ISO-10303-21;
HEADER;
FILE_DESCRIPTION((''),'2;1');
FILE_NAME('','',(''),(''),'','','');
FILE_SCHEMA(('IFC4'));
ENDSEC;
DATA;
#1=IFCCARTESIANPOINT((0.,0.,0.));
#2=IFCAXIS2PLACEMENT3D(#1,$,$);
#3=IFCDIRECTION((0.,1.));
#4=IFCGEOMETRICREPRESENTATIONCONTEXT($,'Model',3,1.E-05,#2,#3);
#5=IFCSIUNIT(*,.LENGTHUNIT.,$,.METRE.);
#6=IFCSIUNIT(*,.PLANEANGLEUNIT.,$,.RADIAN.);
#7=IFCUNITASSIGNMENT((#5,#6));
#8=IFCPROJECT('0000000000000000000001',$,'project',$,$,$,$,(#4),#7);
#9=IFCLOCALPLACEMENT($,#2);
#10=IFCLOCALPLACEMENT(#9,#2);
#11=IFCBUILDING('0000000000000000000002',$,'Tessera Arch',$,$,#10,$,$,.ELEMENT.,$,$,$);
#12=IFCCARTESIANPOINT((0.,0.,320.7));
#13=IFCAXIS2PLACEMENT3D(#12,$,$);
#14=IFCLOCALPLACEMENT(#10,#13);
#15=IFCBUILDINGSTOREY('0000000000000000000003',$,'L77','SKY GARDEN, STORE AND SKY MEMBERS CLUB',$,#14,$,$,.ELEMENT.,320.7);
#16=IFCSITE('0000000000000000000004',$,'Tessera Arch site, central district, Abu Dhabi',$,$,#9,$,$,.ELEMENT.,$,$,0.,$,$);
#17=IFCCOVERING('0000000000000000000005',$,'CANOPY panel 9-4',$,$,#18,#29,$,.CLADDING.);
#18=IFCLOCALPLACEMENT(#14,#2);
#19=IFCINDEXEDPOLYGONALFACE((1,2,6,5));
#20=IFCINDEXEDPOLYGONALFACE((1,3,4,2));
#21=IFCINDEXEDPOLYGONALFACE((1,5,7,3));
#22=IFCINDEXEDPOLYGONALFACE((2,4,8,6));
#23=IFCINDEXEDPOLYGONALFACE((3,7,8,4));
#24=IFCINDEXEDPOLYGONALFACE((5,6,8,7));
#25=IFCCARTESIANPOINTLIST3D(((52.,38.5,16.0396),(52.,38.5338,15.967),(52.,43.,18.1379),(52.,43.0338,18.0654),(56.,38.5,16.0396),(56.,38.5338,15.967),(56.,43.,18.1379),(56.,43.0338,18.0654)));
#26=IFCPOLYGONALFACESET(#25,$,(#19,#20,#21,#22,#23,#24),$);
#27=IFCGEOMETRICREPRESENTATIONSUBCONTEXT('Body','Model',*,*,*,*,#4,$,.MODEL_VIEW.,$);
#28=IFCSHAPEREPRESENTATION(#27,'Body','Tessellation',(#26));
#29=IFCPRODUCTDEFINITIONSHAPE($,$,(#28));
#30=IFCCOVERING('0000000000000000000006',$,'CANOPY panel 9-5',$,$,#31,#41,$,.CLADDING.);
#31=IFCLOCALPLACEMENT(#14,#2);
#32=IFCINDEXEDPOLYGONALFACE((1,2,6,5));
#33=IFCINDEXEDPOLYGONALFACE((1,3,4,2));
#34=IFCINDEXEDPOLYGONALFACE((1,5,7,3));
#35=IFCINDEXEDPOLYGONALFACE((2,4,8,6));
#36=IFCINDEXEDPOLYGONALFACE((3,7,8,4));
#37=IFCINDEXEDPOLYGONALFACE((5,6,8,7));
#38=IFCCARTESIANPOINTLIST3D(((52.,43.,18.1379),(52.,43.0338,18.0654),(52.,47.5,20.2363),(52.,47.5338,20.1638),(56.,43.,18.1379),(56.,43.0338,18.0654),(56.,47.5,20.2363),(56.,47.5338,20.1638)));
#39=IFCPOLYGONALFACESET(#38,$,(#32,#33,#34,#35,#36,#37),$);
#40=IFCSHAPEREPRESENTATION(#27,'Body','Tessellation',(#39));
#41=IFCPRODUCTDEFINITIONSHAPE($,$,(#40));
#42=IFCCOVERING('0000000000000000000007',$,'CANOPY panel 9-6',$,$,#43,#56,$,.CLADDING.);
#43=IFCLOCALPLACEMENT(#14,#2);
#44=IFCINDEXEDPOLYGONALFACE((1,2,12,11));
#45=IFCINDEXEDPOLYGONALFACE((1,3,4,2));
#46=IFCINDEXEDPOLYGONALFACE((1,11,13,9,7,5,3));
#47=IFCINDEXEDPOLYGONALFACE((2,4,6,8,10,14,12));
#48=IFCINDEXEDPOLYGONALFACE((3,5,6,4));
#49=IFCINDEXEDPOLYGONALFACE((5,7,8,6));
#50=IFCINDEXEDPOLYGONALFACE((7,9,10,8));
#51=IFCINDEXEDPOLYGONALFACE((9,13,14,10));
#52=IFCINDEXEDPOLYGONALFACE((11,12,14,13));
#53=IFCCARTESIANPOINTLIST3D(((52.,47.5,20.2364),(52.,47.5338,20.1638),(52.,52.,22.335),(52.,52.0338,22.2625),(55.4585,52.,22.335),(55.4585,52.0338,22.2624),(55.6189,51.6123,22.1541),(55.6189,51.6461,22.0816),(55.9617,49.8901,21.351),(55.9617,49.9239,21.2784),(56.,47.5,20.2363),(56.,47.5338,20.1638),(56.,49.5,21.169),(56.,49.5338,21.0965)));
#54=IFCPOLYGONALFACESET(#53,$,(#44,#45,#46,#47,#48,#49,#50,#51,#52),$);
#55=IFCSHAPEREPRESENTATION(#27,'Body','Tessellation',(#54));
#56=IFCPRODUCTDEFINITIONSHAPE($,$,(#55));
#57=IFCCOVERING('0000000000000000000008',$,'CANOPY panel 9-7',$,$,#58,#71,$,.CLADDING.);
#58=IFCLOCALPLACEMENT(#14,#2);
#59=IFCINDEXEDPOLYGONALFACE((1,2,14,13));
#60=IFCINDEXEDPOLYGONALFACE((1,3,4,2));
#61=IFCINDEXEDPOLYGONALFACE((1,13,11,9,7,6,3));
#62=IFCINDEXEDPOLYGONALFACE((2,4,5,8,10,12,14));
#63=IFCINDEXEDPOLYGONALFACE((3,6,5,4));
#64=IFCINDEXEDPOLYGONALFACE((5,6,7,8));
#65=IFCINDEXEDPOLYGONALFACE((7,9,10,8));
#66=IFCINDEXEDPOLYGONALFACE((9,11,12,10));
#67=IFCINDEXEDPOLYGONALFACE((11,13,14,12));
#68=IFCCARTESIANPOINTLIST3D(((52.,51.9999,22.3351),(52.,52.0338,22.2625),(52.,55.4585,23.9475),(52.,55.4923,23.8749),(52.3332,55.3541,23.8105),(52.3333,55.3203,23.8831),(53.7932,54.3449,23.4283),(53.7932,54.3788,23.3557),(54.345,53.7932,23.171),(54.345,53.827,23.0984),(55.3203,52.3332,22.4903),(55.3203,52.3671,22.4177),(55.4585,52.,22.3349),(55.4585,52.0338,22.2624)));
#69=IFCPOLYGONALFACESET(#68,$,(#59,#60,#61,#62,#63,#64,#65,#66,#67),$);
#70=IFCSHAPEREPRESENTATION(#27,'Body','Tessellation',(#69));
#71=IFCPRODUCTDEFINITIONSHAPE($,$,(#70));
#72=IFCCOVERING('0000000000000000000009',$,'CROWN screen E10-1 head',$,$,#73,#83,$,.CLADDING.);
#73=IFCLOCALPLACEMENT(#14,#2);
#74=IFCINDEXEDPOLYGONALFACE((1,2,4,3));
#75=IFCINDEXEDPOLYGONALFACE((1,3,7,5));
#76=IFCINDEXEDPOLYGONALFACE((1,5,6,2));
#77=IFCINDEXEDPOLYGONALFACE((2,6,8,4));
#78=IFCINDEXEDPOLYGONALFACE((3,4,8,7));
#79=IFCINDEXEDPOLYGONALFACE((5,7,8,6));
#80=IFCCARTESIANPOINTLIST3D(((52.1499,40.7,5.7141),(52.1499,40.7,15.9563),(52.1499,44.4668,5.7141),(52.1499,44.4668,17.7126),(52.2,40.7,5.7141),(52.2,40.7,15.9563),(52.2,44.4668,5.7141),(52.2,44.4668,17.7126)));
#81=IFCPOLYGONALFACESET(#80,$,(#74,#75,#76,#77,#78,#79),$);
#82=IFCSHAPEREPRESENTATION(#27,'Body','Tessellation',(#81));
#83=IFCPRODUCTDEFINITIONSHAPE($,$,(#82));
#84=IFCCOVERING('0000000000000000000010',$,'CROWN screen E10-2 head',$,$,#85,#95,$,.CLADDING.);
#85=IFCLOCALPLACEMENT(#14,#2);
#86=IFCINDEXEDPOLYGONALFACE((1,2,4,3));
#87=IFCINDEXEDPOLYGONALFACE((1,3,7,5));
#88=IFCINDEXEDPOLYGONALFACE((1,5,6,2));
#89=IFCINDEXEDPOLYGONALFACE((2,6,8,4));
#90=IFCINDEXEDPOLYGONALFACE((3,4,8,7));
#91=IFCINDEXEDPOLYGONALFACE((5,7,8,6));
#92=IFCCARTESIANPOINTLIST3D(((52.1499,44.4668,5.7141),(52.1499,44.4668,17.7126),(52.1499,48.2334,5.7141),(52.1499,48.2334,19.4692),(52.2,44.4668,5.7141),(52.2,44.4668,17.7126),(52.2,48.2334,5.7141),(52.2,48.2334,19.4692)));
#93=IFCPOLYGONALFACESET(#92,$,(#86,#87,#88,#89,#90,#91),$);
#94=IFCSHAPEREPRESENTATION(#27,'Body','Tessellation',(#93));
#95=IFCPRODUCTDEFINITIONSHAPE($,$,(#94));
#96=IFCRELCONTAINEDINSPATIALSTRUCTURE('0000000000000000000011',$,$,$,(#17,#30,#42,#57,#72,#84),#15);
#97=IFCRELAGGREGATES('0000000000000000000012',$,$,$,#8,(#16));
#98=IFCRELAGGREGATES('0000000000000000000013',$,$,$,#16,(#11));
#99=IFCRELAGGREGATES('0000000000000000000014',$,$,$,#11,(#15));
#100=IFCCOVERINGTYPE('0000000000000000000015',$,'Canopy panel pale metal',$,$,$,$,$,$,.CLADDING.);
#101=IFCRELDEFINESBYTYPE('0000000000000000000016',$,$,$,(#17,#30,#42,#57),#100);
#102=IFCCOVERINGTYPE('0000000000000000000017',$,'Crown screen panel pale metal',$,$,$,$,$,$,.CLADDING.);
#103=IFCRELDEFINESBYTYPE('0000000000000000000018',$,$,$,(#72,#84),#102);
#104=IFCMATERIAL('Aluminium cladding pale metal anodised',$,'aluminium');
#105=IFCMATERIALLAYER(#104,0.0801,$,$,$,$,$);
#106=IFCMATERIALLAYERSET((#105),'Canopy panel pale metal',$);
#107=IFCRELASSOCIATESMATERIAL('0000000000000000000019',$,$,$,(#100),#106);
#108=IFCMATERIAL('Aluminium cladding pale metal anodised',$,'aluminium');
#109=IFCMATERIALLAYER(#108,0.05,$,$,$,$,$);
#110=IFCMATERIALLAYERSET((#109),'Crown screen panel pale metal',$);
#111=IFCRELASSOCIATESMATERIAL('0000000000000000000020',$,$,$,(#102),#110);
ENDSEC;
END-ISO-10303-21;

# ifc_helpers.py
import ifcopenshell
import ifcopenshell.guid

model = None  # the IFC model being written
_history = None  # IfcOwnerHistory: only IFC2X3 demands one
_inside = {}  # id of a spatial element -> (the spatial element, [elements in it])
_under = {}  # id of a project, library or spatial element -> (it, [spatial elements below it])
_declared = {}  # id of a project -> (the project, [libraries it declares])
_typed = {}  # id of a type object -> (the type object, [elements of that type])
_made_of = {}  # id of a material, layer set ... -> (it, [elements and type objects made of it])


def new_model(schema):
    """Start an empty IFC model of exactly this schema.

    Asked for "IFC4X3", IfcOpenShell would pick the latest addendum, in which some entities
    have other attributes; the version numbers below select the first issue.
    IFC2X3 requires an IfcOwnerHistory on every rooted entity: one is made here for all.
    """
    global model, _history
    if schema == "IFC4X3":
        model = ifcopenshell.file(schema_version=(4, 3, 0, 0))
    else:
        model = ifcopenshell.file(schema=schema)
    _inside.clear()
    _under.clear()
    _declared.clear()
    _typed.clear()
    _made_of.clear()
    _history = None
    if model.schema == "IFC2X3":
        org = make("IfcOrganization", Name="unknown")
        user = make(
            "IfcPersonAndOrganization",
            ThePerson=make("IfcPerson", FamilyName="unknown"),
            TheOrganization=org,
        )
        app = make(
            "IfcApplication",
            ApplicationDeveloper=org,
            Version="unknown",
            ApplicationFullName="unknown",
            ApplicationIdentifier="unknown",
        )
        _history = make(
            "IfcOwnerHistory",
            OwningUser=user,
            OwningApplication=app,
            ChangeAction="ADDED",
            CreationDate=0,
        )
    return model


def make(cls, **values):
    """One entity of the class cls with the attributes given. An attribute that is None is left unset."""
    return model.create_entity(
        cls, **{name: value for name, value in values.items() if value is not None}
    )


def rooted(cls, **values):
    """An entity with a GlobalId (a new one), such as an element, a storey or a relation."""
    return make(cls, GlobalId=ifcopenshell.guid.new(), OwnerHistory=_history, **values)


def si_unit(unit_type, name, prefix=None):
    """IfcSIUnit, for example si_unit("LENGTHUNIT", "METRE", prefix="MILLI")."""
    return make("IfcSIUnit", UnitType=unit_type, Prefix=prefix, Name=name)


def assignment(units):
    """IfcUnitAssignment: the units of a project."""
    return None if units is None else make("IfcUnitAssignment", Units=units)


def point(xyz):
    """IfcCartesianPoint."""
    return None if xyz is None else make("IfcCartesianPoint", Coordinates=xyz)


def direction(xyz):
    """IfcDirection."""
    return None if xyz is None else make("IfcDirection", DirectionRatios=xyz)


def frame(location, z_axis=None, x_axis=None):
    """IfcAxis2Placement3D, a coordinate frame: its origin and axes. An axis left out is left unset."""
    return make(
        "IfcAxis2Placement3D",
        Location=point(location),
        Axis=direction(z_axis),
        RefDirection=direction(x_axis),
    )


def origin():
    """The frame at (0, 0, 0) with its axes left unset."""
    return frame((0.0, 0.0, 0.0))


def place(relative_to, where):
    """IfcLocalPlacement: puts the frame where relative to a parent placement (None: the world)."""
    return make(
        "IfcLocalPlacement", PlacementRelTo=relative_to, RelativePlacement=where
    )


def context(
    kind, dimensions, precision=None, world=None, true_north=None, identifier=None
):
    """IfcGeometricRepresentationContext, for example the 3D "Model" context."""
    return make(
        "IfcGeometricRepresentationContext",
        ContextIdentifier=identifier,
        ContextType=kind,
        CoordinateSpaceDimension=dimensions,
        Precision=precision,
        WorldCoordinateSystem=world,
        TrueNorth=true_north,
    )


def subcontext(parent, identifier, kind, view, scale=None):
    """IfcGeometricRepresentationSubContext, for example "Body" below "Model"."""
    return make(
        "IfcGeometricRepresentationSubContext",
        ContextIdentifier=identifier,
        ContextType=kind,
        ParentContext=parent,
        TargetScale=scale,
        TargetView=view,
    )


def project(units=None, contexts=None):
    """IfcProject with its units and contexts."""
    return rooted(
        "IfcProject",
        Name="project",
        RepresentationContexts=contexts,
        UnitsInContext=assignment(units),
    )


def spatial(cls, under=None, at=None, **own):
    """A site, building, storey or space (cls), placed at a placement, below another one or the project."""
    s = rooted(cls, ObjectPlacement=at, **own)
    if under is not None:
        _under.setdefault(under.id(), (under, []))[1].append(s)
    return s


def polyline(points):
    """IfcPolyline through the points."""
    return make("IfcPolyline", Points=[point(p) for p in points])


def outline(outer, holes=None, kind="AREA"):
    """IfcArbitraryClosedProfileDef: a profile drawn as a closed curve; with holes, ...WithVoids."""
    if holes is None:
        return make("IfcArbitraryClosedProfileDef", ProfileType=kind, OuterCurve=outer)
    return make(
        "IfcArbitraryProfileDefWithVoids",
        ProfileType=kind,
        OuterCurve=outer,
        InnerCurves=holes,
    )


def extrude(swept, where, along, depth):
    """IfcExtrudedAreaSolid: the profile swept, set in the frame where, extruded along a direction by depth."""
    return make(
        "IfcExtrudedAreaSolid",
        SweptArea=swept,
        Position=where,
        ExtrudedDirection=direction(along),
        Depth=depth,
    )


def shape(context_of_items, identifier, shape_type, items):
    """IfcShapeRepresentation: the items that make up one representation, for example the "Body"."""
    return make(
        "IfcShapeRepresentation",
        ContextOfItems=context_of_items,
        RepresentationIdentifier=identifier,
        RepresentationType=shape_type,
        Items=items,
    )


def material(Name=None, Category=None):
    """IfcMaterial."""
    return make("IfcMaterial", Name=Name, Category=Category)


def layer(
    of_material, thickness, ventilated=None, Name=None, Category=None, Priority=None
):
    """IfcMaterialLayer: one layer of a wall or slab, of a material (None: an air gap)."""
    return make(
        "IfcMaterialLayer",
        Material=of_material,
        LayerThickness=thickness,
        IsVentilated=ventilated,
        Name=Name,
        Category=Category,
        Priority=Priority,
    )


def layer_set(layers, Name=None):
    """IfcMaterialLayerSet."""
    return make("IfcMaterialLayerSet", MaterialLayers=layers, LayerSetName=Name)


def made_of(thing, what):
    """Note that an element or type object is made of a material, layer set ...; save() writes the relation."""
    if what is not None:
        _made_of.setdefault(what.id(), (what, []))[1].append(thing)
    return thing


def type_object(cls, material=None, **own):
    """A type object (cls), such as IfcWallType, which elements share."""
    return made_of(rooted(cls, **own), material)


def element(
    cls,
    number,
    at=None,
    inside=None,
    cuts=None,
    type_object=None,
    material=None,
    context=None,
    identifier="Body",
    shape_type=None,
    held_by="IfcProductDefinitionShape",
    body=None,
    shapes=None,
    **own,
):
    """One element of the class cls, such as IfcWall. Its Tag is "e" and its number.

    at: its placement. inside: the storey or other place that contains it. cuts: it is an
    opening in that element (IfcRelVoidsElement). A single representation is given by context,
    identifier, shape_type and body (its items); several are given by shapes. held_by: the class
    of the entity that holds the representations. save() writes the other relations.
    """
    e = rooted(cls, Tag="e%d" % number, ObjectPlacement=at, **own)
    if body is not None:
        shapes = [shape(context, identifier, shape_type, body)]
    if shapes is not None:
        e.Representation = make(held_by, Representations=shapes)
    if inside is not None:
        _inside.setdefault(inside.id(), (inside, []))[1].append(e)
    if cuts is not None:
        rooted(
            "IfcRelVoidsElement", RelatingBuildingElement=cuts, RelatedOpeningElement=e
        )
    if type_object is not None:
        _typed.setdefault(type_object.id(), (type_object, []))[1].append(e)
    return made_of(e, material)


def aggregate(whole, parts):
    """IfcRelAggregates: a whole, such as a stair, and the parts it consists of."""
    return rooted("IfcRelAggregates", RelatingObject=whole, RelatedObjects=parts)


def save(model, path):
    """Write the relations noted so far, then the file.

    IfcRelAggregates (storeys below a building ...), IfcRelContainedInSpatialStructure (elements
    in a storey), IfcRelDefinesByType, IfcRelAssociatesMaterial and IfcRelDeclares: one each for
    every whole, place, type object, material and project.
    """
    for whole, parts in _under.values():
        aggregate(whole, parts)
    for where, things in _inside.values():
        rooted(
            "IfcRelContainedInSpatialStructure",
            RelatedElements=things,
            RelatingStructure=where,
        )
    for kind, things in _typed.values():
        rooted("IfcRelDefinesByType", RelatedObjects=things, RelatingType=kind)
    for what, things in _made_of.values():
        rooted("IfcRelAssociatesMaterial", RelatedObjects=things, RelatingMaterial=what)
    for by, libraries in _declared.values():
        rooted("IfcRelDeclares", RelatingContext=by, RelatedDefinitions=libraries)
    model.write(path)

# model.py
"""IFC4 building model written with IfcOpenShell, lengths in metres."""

from ifc_helpers import new_model, si_unit, direction, frame, origin, place, context, subcontext, project, spatial, polyline, outline, extrude, material, layer, layer_set, type_object, element, save


model = new_model("IFC4")

# Units and contexts
model_context = context("Model", 3, precision=1e-05, world=origin(), true_north=direction((0.0, 1.0)))
body_context = subcontext(model_context, "Body", "Model", "MODEL_VIEW")
ifc_project = project(units=[si_unit("LENGTHUNIT", "METRE"), si_unit("PLANEANGLEUNIT", "RADIAN")], contexts=[model_context])

# Site, building, storey
site_placement = place(None, origin())
site = spatial("IfcSite", under=ifc_project, at=site_placement, Name="Tessera Arch site, central district, Abu Dhabi", CompositionType="ELEMENT", RefElevation=0.0)
building_placement = place(site_placement, origin())
building = spatial("IfcBuilding", under=site, at=building_placement, Name="Tessera Arch", CompositionType="ELEMENT")
storey_placement = place(building_placement, frame((0.0, 0.0, 320.7)))
storey = spatial("IfcBuildingStorey", under=building, at=storey_placement, Name="L77", Description="SKY GARDEN, STORE AND SKY MEMBERS CLUB", CompositionType="ELEMENT", Elevation=320.7)

# Coverings
ifc_material_1 = material(Name="Aluminium cladding pale metal anodised", Category="aluminium")
ifc_layer_1 = layer(ifc_material_1, 0.0801)
ifc_layer_set_1 = layer_set([ifc_layer_1], Name="Canopy panel pale metal")
covering_type_1 = type_object("IfcCoveringType", Name="Canopy panel pale metal", PredefinedType="CLADDING", material=ifc_layer_set_1)
for number, where, z_axis, x_axis, name in (
    (1, (56.0, 43.0, 18.1379), (0.0, -0.422619, 0.906307), (-1.0, 0.0, 0.0), "CANOPY panel 9-4"),
    (2, (56.0, 47.5, 20.2363), (0.0, -0.422619, 0.906307), (-1.0, 0.0, 0.0), "CANOPY panel 9-5"),
):
    element("IfcCovering", number, at=place(storey_placement, frame(where, z_axis=z_axis, x_axis=x_axis)), inside=storey, type_object=covering_type_1, Name=name, PredefinedType="CLADDING", context=body_context, shape_type="SweptSolid", body=[
        extrude(outline(polyline([(0.0, 0.0), (4.0, 0.0), (4.0, 4.9652), (0.0, 4.9652), (0.0, 0.0)])), origin(), (0.0, 0.0, -1.0), 0.0801),
    ])
covering_1_placement = place(storey_placement, frame((55.4585, 52.0, 22.335), z_axis=(0.000022, -0.422657, 0.90629), x_axis=(-1.0, -0.000009, 0.00002)))
element("IfcCovering", 3, at=covering_1_placement, inside=storey, type_object=covering_type_1, Name="CANOPY panel 9-6", PredefinedType="CLADDING", context=body_context, shape_type="SweptSolid", body=[
    extrude(outline(polyline([(0.0, 0.0), (3.4585, 0.0), (3.4585, 4.9653), (-0.5415, 4.9653), (-0.5415, 2.7585), (-0.5032, 2.3281), (-0.1604, 0.4278), (0.0, 0.0)])), origin(), (0.0, 0.0, -1.0), 0.0801),
])
covering_2_placement = place(storey_placement, frame((52.0, 55.4585, 23.9475), z_axis=(0.000042, -0.422551, 0.906339), x_axis=(0.0, -0.906339, -0.422551)))
element("IfcCovering", 4, at=covering_2_placement, inside=storey, type_object=covering_type_1, Name="CANOPY panel 9-7", PredefinedType="CLADDING", context=body_context, shape_type="SweptSolid", body=[
    extrude(outline(polyline([(0.0, 0.0), (3.816, 0.0), (3.816, 3.4585), (3.4483, 3.3203), (1.8375, 2.345), (1.2287, 1.7932), (0.1525, 0.3333), (0.0, 0.0)])), origin(), (0.0, 0.0, -1.0), 0.0801),
])
ifc_material_2 = material(Name="Aluminium cladding pale metal anodised", Category="aluminium")
ifc_layer_2 = layer(ifc_material_2, 0.05)
ifc_layer_set_2 = layer_set([ifc_layer_2], Name="Crown screen panel pale metal")
covering_type_2 = type_object("IfcCoveringType", Name="Crown screen panel pale metal", PredefinedType="CLADDING", material=ifc_layer_set_2)
covering_3_placement = place(storey_placement, frame((52.2, 40.7, 5.7141), z_axis=(1.0, 0.0, 0.0), x_axis=(0.0, 1.0, 0.0)))
element("IfcCovering", 5, at=covering_3_placement, inside=storey, type_object=covering_type_2, Name="CROWN screen E10-1 head", PredefinedType="CLADDING", context=body_context, shape_type="SweptSolid", body=[
    extrude(outline(polyline([(0.0, 0.0), (3.7668, 0.0), (3.7668, 11.9985), (0.0, 10.2422), (0.0, 0.0)])), origin(), (0.0, 0.0, -1.0), 0.05),
])
covering_4_placement = place(storey_placement, frame((52.2, 44.4668, 5.7141), z_axis=(1.0, 0.0, 0.0), x_axis=(0.0, 1.0, 0.0)))
element("IfcCovering", 6, at=covering_4_placement, inside=storey, type_object=covering_type_2, Name="CROWN screen E10-2 head", PredefinedType="CLADDING", context=body_context, shape_type="SweptSolid", body=[
    extrude(outline(polyline([(0.0, 0.0), (3.7666, 0.0), (3.7666, 13.7551), (0.0, 11.9985), (0.0, 0.0)])), origin(), (0.0, 0.0, -1.0), 0.05),
])

save(model, "model.ifc")
